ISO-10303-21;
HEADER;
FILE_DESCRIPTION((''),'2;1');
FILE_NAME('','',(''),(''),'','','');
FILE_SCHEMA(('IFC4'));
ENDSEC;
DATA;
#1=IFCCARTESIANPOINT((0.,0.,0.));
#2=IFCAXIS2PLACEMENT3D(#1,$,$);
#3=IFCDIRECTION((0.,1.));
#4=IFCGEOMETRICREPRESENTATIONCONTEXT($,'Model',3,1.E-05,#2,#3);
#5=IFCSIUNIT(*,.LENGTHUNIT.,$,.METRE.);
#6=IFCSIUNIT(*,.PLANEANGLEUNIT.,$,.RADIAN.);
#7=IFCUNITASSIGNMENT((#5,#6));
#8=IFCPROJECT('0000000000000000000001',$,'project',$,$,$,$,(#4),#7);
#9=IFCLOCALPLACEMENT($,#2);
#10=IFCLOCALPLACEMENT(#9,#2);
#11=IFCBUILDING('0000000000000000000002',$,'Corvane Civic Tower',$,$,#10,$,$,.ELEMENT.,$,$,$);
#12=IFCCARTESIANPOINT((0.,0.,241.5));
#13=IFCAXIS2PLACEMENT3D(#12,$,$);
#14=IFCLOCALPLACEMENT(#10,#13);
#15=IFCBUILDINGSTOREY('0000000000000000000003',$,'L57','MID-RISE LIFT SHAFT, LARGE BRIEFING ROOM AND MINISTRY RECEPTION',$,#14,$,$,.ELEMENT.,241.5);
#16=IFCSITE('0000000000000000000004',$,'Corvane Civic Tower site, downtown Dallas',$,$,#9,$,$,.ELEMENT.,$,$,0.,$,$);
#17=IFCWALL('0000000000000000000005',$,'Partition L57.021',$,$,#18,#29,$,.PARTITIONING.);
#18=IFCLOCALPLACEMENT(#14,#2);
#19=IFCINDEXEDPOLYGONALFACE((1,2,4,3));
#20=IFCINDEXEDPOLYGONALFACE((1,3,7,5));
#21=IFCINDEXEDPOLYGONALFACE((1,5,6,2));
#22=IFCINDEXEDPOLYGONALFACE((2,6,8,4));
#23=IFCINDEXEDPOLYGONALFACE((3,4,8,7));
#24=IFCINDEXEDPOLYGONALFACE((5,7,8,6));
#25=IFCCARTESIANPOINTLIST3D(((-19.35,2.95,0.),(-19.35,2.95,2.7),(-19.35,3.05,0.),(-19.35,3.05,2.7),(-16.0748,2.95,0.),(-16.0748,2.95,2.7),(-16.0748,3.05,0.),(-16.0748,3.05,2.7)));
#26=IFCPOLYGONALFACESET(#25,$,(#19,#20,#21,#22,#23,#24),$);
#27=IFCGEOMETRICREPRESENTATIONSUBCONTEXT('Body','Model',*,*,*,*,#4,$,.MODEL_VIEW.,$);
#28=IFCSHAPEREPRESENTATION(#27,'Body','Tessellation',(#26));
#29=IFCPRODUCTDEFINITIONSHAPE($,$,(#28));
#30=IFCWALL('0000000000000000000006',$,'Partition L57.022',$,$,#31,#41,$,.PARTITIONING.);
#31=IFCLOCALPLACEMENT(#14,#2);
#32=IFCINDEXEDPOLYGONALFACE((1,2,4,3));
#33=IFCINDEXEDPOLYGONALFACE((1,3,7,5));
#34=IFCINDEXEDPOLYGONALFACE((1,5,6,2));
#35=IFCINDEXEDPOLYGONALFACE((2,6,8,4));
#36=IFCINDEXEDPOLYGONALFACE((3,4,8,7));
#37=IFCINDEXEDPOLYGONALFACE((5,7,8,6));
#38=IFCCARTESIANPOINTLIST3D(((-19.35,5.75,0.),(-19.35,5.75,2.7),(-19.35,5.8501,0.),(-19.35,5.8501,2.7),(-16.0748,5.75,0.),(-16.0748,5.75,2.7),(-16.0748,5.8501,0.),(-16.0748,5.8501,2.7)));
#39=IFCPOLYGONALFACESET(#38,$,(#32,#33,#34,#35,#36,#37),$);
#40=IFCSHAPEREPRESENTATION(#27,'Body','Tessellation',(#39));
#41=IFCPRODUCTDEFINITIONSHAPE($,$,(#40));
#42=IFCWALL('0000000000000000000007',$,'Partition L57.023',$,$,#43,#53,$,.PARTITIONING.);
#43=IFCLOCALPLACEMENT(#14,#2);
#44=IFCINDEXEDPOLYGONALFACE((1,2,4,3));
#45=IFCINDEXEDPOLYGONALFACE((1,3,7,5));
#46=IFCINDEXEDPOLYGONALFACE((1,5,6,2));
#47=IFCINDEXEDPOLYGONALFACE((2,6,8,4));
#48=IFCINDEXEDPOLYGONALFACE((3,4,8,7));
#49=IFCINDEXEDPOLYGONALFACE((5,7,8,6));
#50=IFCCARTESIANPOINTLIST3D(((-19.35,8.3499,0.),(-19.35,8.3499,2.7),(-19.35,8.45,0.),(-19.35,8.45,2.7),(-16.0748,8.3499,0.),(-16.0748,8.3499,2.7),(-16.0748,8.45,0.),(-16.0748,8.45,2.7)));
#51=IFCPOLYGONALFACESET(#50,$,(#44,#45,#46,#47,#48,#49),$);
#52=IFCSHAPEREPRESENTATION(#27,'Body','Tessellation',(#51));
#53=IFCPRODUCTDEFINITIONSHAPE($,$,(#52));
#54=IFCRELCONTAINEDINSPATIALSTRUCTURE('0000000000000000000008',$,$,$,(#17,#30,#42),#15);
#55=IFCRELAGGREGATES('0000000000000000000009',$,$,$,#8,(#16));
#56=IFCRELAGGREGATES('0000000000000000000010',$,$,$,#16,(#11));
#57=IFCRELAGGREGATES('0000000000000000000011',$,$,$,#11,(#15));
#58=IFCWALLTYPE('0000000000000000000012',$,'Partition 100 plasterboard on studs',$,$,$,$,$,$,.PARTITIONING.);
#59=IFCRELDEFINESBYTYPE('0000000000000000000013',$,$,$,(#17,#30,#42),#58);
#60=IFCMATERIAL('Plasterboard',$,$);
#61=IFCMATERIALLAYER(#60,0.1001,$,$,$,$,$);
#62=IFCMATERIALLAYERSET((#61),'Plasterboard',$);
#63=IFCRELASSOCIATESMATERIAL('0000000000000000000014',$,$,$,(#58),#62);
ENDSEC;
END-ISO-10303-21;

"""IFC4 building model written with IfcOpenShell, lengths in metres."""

from ifc_helpers import new_model, si_unit, direction, frame, frame_2d, origin, place, context, subcontext, project, spatial, rectangle, extrude, material, layer, layer_set, type_object, element, save


model = new_model("IFC4")

# Units and contexts
model_context = context("Model", 3, precision=1e-05, world=origin(), true_north=direction((0.0, 1.0)))
body_context = subcontext(model_context, "Body", "Model", "MODEL_VIEW")
ifc_project = project(units=[si_unit("LENGTHUNIT", "METRE"), si_unit("PLANEANGLEUNIT", "RADIAN")], contexts=[model_context])

# Site, building, storey
site_placement = place(None, origin())
site = spatial("IfcSite", under=ifc_project, at=site_placement, Name="Corvane Civic Tower site, downtown Dallas", CompositionType="ELEMENT", RefElevation=0.0)
building_placement = place(site_placement, origin())
building = spatial("IfcBuilding", under=site, at=building_placement, Name="Corvane Civic Tower", CompositionType="ELEMENT")
storey_placement = place(building_placement, frame((0.0, 0.0, 241.5)))
storey = spatial("IfcBuildingStorey", under=building, at=storey_placement, Name="L57", Description="MID-RISE LIFT SHAFT, LARGE BRIEFING ROOM AND MINISTRY RECEPTION", CompositionType="ELEMENT", Elevation=241.5)

# Shared definitions
ifc_material_1 = material(Name="Plasterboard")
ifc_layer_1 = layer(ifc_material_1, 0.1001)
ifc_layer_set_1 = layer_set([ifc_layer_1], Name="Plasterboard")
wall_type = type_object("IfcWallType", Name="Partition 100 plasterboard on studs", PredefinedType="PARTITIONING", material=ifc_layer_set_1)

# Walls
for number, where, z_axis, x_axis, name in (
    (1, (-19.3501, 3.0, 0.0), (0.0, 0.0, 1.0), (1.0, 0.0, 0.0), "Partition L57.021"),
    (2, (-19.3501, 5.8, 0.0), (0.0, 0.0, 1.0), (1.0, 0.0, 0.0), "Partition L57.022"),
    (3, (-19.3501, 8.3999, 0.0), (0.0, 0.0, 1.0), (1.0, 0.0, 0.0), "Partition L57.023"),
):
    element("IfcWall", number, at=place(storey_placement, frame(where, z_axis=z_axis, x_axis=x_axis)), inside=storey, type_object=wall_type, Name=name, PredefinedType="PARTITIONING", context=body_context, shape_type="SweptSolid", body=[
        extrude(rectangle(XDim=3.2751, YDim=0.1001, at=frame_2d((1.6377, 0.0))), origin(), (0.0, 0.0, 1.0), 2.7),
    ])

save(model, "model.ifc")
